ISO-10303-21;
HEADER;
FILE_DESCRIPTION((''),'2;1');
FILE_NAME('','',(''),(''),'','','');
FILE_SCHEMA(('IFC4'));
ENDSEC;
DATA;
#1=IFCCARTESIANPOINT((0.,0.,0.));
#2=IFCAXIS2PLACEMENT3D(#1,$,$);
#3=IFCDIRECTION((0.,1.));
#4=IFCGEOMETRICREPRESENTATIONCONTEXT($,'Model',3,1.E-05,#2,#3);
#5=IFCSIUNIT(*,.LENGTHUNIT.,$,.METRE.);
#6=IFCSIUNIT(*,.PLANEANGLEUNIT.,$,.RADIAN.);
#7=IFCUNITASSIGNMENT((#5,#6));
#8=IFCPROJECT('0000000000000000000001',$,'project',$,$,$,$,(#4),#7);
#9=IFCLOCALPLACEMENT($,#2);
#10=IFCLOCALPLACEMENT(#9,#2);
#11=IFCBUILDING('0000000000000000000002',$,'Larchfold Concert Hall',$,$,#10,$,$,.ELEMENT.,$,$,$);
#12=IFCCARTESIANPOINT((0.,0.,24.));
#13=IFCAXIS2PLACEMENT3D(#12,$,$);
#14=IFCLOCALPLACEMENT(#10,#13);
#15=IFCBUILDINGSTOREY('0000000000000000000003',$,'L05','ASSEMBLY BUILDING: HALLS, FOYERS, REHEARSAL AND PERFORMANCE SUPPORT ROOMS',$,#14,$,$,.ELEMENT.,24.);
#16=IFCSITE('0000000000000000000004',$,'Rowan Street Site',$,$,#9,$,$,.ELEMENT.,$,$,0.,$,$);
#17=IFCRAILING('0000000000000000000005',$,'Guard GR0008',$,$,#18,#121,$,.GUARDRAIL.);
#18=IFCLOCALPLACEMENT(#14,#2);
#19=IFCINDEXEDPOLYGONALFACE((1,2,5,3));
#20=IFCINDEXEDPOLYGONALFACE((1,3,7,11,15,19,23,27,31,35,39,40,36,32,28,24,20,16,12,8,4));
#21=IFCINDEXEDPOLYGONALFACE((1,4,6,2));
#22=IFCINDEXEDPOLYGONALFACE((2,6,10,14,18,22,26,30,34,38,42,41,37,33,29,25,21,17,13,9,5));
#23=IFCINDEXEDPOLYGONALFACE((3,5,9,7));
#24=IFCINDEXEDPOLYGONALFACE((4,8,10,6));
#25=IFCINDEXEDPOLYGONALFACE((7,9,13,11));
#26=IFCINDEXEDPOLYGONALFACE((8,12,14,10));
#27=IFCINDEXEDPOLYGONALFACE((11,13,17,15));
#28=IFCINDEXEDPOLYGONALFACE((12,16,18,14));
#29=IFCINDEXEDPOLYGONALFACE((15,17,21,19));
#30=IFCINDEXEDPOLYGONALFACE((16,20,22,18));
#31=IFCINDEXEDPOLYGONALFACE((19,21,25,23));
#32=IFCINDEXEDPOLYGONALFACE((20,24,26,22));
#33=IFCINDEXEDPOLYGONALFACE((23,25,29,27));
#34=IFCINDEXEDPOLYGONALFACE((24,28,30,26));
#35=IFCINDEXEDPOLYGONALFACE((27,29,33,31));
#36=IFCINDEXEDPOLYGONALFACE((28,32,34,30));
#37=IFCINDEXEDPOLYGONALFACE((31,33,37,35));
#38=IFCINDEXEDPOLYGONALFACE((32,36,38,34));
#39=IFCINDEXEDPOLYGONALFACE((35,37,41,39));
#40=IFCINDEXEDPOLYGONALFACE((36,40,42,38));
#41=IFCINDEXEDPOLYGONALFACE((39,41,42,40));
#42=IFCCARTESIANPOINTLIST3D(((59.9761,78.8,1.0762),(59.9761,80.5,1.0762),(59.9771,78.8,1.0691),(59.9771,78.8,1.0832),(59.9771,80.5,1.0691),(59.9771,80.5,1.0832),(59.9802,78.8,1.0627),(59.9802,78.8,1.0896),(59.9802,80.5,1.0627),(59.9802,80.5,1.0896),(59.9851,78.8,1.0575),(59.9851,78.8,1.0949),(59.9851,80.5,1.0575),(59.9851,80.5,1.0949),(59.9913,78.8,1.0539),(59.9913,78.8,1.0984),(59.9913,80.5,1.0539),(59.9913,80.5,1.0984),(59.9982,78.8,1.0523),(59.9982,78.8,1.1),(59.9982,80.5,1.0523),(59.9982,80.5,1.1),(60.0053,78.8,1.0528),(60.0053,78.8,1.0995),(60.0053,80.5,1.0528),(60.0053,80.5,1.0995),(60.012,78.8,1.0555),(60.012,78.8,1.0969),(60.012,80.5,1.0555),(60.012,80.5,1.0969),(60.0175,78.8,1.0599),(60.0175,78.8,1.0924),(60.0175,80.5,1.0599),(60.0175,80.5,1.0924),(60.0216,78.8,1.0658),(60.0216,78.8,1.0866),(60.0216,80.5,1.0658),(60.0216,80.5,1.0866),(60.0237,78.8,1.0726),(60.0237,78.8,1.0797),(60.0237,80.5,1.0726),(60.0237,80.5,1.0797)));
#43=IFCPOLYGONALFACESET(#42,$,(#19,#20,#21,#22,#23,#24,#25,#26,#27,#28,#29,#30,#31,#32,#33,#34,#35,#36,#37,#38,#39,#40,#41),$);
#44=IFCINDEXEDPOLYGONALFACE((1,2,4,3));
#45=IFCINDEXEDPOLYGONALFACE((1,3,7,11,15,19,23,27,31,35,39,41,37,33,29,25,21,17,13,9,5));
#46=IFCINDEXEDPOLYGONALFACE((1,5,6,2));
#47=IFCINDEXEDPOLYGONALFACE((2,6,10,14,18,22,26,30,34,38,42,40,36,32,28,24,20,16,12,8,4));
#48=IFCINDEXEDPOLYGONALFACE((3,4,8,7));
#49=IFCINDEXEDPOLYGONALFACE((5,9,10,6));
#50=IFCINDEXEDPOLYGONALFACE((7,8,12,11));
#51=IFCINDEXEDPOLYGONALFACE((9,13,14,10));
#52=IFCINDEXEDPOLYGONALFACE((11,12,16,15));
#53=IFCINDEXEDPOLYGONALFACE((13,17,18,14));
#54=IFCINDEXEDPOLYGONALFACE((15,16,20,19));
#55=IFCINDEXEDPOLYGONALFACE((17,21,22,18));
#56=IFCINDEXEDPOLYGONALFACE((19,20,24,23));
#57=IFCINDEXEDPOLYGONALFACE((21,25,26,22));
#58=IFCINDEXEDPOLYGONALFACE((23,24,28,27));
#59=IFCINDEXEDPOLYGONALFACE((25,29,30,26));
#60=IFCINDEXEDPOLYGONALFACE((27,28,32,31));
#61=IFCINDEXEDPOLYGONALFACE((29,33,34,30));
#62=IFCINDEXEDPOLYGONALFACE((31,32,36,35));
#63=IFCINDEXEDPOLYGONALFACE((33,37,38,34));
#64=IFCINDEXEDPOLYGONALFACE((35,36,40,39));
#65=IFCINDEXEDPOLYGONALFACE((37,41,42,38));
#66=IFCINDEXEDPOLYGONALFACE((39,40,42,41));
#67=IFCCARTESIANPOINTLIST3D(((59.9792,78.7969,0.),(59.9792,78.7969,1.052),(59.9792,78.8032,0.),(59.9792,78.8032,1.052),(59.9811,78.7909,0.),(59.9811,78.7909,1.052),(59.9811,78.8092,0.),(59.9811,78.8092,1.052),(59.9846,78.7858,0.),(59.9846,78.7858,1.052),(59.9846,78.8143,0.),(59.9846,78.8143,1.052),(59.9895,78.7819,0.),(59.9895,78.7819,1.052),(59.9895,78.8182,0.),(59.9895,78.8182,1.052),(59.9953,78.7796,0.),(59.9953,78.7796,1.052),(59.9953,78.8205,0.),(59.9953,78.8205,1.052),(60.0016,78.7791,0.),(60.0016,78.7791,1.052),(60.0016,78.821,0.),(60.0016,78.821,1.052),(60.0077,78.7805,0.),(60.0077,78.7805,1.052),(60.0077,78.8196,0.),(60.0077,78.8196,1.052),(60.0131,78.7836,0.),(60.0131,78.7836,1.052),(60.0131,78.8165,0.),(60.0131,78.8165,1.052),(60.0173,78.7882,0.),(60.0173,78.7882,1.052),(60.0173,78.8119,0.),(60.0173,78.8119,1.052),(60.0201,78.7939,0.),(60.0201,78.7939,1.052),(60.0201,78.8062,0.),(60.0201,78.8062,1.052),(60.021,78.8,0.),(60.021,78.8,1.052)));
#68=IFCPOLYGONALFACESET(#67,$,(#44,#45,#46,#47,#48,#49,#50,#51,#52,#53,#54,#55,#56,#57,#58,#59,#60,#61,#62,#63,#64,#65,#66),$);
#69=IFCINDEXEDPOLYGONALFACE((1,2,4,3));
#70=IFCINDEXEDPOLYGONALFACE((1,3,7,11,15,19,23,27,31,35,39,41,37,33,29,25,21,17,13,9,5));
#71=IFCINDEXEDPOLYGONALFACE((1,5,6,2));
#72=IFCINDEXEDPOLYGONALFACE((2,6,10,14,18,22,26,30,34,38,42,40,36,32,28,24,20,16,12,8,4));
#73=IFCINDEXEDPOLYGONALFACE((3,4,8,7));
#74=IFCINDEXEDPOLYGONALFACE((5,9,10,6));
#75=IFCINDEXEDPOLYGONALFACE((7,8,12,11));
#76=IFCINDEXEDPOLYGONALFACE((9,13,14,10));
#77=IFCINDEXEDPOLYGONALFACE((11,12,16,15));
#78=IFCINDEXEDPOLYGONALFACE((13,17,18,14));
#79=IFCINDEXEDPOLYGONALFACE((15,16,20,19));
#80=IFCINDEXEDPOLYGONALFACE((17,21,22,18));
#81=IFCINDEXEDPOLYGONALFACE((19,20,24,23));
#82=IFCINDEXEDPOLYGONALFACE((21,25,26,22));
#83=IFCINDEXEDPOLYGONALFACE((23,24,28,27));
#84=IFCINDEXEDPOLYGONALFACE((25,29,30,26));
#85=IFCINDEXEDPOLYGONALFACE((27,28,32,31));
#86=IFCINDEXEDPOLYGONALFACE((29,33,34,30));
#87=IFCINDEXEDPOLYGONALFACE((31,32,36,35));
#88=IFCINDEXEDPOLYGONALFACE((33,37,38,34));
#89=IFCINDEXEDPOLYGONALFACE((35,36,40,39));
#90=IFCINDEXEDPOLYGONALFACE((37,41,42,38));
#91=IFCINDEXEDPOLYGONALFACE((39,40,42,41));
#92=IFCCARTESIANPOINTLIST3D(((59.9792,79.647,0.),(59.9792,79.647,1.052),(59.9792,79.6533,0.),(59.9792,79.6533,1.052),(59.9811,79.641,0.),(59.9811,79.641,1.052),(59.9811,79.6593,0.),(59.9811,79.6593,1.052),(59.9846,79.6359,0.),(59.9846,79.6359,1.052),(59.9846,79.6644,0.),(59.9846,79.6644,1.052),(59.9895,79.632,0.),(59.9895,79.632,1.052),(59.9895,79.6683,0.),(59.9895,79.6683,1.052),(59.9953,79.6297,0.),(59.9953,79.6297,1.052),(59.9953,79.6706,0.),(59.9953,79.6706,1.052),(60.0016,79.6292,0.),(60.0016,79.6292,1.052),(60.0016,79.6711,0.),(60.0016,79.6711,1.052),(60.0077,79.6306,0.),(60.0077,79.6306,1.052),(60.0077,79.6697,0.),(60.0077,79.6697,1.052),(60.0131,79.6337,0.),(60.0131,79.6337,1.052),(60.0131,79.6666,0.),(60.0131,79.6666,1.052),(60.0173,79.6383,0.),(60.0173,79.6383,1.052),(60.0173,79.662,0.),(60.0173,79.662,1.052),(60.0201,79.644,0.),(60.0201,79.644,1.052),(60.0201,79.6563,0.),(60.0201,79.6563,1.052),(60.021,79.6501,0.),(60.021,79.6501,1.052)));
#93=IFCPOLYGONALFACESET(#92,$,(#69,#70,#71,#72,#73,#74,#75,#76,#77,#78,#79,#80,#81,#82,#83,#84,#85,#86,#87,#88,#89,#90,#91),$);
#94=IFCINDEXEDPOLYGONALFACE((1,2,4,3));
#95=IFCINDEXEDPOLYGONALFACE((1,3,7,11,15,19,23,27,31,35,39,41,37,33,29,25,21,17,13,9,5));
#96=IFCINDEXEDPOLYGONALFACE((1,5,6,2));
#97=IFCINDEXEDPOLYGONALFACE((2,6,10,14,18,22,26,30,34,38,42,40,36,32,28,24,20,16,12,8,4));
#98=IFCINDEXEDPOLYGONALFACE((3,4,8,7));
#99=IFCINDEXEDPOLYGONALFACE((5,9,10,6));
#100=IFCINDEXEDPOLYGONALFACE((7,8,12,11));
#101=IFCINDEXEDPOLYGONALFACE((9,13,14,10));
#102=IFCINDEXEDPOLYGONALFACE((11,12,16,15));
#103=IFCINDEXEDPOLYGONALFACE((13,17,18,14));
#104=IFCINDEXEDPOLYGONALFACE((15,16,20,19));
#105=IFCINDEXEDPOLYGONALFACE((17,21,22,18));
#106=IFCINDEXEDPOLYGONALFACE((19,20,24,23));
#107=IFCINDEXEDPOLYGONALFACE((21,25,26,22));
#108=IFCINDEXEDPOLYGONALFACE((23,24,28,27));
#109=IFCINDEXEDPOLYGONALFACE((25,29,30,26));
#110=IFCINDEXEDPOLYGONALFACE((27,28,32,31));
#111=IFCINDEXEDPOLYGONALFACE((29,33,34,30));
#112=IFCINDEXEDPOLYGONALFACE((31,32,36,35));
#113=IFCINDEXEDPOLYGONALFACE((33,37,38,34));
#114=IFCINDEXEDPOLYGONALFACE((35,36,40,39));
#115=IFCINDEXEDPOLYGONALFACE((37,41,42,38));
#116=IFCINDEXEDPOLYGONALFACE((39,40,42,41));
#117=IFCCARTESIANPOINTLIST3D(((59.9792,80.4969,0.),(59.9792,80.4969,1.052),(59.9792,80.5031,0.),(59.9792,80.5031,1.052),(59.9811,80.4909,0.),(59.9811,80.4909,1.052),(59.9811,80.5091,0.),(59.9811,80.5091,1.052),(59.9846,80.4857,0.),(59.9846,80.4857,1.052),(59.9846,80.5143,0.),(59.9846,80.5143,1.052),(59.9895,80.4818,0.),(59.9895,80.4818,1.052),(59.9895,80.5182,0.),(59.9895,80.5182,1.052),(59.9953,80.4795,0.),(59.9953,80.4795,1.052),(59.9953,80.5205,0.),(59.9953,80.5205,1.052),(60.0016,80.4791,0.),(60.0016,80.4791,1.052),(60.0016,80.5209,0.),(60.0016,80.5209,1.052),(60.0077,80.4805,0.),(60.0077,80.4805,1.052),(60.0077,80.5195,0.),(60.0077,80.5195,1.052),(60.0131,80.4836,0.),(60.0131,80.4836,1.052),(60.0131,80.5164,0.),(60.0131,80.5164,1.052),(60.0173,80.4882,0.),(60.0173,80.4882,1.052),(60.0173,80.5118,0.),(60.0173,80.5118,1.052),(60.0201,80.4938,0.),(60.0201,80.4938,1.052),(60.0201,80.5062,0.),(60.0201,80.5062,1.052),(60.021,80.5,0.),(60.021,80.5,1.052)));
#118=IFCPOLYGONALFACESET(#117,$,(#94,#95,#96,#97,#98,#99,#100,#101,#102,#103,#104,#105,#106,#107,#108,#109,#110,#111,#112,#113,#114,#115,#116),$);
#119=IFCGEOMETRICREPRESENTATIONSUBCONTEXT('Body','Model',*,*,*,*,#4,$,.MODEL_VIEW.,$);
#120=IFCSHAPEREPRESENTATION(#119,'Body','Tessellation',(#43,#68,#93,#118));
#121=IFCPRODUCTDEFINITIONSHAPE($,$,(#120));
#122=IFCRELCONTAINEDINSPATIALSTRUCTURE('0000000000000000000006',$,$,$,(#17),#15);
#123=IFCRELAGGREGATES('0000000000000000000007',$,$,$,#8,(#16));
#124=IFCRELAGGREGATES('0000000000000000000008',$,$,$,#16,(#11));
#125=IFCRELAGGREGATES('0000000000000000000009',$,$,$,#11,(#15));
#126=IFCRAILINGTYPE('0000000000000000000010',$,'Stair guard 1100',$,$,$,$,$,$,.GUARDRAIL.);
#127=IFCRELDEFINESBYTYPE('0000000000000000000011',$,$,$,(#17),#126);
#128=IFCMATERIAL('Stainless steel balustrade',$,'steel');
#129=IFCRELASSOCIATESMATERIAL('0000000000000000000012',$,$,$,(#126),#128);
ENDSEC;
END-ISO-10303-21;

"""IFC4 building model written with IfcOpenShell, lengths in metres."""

from ifc_helpers import new_model, si_unit, direction, frame, origin, origin_2d, place, context, subcontext, project, spatial, circle, extrude, material, type_object, element, save


model = new_model("IFC4")

# Units and contexts
model_context = context("Model", 3, precision=1e-05, world=origin(), true_north=direction((0.0, 1.0)))
body_context = subcontext(model_context, "Body", "Model", "MODEL_VIEW")
ifc_project = project(units=[si_unit("LENGTHUNIT", "METRE"), si_unit("PLANEANGLEUNIT", "RADIAN")], contexts=[model_context])

# Site, building, storey
site_placement = place(None, origin())
site = spatial("IfcSite", under=ifc_project, at=site_placement, Name="Rowan Street Site", CompositionType="ELEMENT", RefElevation=0.0)
building_placement = place(site_placement, origin())
building = spatial("IfcBuilding", under=site, at=building_placement, Name="Larchfold Concert Hall", CompositionType="ELEMENT")
storey_placement = place(building_placement, frame((0.0, 0.0, 24.0)))
storey = spatial("IfcBuildingStorey", under=building, at=storey_placement, Name="L05", Description="ASSEMBLY BUILDING: HALLS, FOYERS, REHEARSAL AND PERFORMANCE SUPPORT ROOMS", CompositionType="ELEMENT", Elevation=24.0)

# Railing
ifc_material_1 = material(Name="Stainless steel balustrade", Category="steel")
railing_type = type_object("IfcRailingType", Name="Stair guard 1100", PredefinedType="GUARDRAIL", material=ifc_material_1)
railing_1_placement = place(storey_placement, frame((60.0, 78.8, 0.0)))
element("IfcRailing", 1, at=railing_1_placement, inside=storey, type_object=railing_type, Name="Guard GR0008", PredefinedType="GUARDRAIL", context=body_context, shape_type="SweptSolid", body=[
    extrude(circle(Radius=0.0239, at=origin_2d()), frame((0.0, 0.0, 1.0762), z_axis=(0.0, 1.0, 0.0), x_axis=(-1.0, 0.0, 0.0)), (0.0, 0.0, 1.0), 1.7),
    extrude(circle(Radius=0.021, at=origin_2d()), origin(), (0.0, 0.0, 1.0), 1.052),
    extrude(circle(Radius=0.021, at=origin_2d()), frame((0.0, 0.8501, 0.0)), (0.0, 0.0, 1.0), 1.052),
    extrude(circle(Radius=0.021, at=origin_2d()), frame((0.0, 1.7, 0.0)), (0.0, 0.0, 1.0), 1.052),
])

save(model, "model.ifc")
